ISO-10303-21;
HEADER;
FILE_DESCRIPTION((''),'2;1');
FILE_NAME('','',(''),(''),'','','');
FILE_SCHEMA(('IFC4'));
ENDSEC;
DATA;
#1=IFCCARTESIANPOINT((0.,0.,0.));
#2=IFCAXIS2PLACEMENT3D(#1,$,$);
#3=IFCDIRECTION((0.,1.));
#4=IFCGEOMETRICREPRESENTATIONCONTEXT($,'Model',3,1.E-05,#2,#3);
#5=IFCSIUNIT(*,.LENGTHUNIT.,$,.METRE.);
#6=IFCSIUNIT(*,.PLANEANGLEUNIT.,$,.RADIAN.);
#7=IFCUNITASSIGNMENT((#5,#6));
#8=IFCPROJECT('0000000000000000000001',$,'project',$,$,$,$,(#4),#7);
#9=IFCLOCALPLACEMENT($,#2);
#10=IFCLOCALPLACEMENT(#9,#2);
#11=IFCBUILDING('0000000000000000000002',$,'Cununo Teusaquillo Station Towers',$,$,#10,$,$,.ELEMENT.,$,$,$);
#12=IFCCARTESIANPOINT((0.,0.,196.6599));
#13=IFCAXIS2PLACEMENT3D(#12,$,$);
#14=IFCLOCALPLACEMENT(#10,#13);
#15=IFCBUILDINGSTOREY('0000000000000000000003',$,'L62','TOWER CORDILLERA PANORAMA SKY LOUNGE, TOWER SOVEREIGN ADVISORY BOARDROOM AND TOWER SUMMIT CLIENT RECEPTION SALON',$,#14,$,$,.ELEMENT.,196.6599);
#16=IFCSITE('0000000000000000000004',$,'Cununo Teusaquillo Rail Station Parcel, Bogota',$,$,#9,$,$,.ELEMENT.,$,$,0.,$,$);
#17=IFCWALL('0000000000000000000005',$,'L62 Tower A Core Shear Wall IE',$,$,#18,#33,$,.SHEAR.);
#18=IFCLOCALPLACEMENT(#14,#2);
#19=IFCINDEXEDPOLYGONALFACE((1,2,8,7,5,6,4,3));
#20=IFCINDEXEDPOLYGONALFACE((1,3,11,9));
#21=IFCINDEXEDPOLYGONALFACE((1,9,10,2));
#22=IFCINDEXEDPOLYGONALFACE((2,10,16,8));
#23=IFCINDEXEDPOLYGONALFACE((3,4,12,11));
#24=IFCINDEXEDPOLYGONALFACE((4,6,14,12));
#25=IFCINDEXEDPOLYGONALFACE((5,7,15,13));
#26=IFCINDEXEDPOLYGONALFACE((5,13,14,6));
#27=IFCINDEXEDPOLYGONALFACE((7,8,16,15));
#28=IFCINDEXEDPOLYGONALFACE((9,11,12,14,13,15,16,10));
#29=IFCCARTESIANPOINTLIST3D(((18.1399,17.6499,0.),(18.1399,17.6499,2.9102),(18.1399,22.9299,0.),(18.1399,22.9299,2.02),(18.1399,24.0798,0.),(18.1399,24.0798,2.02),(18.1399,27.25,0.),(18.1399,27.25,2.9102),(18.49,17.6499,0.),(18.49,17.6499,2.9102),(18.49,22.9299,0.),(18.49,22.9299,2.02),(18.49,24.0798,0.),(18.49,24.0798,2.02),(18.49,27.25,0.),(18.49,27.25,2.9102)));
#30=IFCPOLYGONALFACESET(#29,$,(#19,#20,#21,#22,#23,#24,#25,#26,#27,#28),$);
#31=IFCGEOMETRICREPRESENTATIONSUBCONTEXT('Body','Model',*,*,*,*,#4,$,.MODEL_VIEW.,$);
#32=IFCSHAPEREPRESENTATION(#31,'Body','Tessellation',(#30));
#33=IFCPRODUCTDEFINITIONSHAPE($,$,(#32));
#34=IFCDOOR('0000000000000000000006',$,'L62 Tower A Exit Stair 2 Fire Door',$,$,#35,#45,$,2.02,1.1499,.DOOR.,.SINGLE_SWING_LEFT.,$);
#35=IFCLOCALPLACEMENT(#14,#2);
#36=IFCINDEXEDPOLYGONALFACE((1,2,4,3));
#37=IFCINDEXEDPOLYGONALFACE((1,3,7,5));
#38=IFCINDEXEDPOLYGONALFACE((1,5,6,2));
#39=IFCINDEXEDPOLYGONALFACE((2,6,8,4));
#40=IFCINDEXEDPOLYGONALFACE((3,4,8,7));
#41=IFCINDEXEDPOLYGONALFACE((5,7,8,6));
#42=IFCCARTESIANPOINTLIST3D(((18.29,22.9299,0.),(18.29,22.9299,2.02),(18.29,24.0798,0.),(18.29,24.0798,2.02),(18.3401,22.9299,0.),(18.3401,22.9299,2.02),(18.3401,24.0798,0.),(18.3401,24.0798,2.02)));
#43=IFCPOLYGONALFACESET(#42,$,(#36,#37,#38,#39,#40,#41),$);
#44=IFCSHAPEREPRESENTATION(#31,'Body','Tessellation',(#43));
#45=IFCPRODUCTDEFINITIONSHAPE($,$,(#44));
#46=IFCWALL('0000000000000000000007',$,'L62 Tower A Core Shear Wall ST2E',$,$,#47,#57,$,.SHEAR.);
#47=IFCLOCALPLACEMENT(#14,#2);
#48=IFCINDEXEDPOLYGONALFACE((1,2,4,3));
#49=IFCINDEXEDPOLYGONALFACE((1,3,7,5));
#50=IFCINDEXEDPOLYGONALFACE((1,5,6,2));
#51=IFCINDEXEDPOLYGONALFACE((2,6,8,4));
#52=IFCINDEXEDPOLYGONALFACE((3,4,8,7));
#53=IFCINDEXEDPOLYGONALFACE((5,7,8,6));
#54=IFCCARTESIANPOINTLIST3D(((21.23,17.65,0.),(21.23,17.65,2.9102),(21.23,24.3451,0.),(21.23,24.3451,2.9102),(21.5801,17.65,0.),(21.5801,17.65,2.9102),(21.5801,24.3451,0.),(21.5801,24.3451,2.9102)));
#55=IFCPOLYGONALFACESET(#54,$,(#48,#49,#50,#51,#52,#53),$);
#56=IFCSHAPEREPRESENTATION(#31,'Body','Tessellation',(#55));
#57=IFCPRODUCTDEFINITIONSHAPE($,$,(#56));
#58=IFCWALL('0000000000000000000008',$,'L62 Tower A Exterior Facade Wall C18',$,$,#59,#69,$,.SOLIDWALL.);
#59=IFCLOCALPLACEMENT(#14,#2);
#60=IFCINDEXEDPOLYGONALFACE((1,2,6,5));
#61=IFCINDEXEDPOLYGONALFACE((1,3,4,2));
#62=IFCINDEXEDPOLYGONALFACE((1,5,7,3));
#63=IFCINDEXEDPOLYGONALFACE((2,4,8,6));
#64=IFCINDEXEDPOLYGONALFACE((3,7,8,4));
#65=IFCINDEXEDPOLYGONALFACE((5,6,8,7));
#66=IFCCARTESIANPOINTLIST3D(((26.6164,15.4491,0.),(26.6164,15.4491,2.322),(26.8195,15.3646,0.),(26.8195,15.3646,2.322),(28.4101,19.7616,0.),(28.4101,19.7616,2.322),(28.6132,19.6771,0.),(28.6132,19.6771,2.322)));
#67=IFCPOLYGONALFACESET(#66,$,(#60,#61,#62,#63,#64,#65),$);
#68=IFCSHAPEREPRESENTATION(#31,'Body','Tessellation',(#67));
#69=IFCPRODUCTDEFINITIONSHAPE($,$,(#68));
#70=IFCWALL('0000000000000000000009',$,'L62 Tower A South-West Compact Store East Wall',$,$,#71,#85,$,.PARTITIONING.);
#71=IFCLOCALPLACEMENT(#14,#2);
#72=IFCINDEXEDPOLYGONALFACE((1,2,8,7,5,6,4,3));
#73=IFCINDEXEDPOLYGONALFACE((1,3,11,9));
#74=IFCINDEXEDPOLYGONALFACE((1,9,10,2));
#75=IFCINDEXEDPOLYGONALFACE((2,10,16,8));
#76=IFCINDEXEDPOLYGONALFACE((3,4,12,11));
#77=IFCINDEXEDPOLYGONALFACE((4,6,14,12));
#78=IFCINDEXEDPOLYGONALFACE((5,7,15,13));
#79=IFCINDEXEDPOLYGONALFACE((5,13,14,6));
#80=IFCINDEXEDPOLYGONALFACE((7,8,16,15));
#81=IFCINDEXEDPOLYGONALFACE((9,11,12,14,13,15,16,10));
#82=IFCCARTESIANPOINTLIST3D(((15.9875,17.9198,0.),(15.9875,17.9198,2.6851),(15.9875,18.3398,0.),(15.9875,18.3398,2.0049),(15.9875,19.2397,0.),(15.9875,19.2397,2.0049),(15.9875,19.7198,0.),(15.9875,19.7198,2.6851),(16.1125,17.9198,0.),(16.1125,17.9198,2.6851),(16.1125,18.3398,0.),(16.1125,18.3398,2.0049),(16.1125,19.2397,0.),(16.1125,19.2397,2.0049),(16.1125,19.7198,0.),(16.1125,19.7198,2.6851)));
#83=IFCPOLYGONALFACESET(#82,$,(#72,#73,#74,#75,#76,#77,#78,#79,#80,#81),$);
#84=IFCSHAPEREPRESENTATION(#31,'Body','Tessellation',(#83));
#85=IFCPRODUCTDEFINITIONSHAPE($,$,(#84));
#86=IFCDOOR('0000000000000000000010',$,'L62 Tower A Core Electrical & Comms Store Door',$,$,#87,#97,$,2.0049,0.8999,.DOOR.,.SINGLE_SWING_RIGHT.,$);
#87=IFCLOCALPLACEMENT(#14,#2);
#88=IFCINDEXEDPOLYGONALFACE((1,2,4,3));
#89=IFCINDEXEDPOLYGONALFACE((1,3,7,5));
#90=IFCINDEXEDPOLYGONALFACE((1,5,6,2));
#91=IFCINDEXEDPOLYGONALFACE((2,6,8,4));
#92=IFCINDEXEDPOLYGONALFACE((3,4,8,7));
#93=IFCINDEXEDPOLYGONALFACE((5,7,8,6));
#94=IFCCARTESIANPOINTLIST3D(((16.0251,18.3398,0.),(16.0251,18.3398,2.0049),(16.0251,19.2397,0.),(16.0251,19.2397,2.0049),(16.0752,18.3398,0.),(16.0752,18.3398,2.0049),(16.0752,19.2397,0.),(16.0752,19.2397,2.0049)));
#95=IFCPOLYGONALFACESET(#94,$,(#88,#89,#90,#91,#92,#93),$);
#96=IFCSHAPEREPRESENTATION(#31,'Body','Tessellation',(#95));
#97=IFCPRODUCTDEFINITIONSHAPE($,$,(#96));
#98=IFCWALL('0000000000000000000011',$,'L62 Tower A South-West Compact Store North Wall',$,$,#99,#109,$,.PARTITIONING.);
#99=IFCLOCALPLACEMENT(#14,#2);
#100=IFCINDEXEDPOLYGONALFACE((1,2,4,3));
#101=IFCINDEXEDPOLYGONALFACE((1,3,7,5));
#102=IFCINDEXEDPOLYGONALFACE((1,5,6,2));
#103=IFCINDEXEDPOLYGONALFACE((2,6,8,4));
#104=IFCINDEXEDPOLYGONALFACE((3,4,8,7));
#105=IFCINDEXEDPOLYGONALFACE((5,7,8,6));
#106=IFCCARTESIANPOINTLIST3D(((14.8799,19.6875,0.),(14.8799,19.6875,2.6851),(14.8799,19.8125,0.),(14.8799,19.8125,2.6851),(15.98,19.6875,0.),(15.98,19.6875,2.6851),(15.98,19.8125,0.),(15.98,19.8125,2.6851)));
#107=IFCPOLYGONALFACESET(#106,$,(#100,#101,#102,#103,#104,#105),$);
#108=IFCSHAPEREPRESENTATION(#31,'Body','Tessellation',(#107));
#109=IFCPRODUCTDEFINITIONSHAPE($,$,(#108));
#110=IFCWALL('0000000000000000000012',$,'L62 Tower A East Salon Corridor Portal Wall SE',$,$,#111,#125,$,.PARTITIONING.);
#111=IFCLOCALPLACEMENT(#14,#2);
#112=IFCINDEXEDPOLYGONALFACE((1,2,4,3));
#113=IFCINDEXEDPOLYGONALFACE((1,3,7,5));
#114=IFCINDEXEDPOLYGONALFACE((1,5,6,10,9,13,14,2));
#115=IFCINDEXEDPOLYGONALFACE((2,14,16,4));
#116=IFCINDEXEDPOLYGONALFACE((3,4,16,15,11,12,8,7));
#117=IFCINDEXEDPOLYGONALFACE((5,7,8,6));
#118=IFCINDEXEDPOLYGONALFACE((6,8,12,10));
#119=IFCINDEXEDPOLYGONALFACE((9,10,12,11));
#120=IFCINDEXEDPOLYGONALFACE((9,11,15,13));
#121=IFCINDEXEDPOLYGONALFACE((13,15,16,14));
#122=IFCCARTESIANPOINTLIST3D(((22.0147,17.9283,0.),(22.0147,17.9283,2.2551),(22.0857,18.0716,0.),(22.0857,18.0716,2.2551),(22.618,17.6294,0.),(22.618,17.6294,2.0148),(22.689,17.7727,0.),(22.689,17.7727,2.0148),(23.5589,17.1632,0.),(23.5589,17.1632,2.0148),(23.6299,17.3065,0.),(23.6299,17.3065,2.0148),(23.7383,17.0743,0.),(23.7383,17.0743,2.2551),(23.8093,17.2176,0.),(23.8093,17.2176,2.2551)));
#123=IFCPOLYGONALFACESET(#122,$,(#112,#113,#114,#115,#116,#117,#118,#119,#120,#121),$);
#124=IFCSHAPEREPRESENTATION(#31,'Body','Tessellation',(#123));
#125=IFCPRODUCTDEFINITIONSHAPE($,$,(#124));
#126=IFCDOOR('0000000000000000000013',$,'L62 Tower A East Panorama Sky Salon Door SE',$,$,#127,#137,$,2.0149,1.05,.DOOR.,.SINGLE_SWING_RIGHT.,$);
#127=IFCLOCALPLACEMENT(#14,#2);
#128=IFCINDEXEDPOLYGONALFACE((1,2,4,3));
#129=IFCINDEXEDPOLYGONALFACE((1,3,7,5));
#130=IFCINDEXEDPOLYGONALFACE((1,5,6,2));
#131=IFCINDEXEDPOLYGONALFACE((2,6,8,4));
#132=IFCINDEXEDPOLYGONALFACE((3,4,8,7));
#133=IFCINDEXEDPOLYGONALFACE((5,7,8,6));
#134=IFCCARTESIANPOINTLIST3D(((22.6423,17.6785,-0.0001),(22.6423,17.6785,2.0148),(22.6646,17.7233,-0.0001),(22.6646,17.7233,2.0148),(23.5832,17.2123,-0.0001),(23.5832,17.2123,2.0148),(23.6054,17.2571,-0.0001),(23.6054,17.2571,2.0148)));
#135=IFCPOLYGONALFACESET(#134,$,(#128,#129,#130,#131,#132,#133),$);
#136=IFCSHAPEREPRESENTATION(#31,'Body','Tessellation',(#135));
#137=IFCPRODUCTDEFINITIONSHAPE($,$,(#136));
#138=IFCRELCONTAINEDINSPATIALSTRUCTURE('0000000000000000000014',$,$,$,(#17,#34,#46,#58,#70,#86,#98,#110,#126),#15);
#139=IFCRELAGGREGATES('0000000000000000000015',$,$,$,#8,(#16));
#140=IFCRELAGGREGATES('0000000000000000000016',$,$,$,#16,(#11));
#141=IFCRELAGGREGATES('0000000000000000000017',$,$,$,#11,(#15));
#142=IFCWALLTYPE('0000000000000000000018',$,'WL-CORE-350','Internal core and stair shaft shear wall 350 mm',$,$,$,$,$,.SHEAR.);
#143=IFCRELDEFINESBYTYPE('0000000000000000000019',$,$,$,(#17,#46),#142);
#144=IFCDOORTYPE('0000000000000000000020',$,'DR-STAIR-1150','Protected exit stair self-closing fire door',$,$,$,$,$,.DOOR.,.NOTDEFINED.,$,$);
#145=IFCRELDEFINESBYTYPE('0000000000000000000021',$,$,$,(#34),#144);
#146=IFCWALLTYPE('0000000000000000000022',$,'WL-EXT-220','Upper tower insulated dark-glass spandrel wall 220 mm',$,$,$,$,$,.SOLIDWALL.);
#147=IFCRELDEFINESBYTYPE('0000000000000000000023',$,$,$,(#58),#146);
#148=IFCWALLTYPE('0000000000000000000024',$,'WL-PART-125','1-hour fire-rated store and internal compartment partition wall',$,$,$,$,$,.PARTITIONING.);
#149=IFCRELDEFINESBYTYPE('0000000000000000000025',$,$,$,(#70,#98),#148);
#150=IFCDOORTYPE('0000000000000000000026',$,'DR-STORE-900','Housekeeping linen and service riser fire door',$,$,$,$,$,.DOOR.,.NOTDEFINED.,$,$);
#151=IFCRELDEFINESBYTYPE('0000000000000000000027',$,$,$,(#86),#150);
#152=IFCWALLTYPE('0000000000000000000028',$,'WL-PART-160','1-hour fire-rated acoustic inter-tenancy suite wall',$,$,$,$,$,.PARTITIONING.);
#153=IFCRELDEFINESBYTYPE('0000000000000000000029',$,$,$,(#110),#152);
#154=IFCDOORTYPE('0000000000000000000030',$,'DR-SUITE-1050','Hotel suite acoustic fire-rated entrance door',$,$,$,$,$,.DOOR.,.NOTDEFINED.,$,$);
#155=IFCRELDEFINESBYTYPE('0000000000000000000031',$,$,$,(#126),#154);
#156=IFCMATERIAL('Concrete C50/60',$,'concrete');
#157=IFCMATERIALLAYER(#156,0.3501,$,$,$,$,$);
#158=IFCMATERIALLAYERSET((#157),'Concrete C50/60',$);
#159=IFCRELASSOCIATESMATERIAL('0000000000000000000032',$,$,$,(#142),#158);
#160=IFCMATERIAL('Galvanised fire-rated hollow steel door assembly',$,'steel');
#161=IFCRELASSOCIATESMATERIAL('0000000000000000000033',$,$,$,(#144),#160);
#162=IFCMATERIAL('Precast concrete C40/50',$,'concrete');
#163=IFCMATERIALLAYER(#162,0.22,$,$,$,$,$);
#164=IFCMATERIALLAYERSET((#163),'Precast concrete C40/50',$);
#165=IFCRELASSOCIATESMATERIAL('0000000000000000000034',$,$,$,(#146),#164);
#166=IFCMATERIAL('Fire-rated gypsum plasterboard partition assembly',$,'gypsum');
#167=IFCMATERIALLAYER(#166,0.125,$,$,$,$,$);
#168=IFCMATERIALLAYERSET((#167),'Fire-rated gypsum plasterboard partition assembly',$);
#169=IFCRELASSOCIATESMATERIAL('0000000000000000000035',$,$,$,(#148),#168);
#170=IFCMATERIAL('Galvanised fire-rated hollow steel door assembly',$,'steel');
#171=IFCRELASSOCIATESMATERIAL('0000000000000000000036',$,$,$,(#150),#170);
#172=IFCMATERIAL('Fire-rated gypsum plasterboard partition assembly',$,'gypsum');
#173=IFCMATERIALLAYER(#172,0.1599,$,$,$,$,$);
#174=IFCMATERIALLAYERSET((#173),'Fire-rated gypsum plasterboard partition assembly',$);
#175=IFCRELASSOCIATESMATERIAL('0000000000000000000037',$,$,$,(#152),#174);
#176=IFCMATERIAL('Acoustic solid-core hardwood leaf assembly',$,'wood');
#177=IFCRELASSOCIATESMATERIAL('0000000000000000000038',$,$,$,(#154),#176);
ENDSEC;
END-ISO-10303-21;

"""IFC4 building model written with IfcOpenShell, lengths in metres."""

from ifc_helpers import new_model, si_unit, direction, frame, frame_2d, origin, place, context, subcontext, project, spatial, rectangle, extrude, source, transform, mapped, material, layer, layer_set, type_object, element, fill, save


model = new_model("IFC4")

# Units and contexts
model_context = context("Model", 3, precision=1e-05, world=origin(), true_north=direction((0.0, 1.0)))
body_context = subcontext(model_context, "Body", "Model", "MODEL_VIEW")
ifc_project = project(units=[si_unit("LENGTHUNIT", "METRE"), si_unit("PLANEANGLEUNIT", "RADIAN")], contexts=[model_context])

# Site, building, storey
site_placement = place(None, origin())
site = spatial("IfcSite", under=ifc_project, at=site_placement, Name="Cununo Teusaquillo Rail Station Parcel, Bogota", CompositionType="ELEMENT", RefElevation=0.0)
building_placement = place(site_placement, origin())
building = spatial("IfcBuilding", under=site, at=building_placement, Name="Cununo Teusaquillo Station Towers", CompositionType="ELEMENT")
storey_placement = place(building_placement, frame((0.0, 0.0, 196.6599)))
storey = spatial("IfcBuildingStorey", under=building, at=storey_placement, Name="L62", Description="TOWER CORDILLERA PANORAMA SKY LOUNGE, TOWER SOVEREIGN ADVISORY BOARDROOM AND TOWER SUMMIT CLIENT RECEPTION SALON", CompositionType="ELEMENT", Elevation=196.6599)

# Wall, opening, door
ifc_material_1 = material(Name="Concrete C50/60", Category="concrete")
ifc_layer_1 = layer(ifc_material_1, 0.3501)
ifc_layer_set_1 = layer_set([ifc_layer_1], Name="Concrete C50/60")
wall_type_1 = type_object("IfcWallType", Name="WL-CORE-350", Description="Internal core and stair shaft shear wall 350 mm", PredefinedType="SHEAR", material=ifc_layer_set_1)
wall_1_placement = place(storey_placement, frame((18.3149, 17.6499, 0.0), z_axis=(0.0, 0.0, 1.0), x_axis=(0.0, 1.0, 0.0)))
wall_1 = element("IfcWall", 1, at=wall_1_placement, inside=storey, type_object=wall_type_1, Name="L62 Tower A Core Shear Wall IE", PredefinedType="SHEAR", context=body_context, shape_type="SweptSolid", body=[
    extrude(rectangle(XDim=9.6001, YDim=0.3501, at=frame_2d((4.8, 0.0))), origin(), (0.0, 0.0, 1.0), 2.9102),
])
shared_shape_1 = source(origin(), body_context, "Body", "SweptSolid", [
    extrude(rectangle(XDim=1.1499, YDim=2.02, at=frame_2d((0.575, 1.01))), frame((0.0, 0.1851, 0.0), z_axis=(0.0, -1.0, 0.0), x_axis=(1.0, 0.0, 0.0)), (0.0, 0.0, 1.0), 0.3701),
])
opening_1_placement = place(wall_1_placement, frame((5.28, 0.0, 0.0)))
opening_1 = element("IfcOpeningElement", 2, at=opening_1_placement, cuts=wall_1, PredefinedType="OPENING", context=body_context, shape_type="MappedRepresentation", body=[
    mapped(shared_shape_1, transform((0.0, 0.0, 0.0), x_axis=(1.0, 0.0, 0.0), y_axis=(0.0, 1.0, 0.0), z_axis=(0.0, 0.0, 1.0), scale=1.0)),
])
ifc_material_2 = material(Name="Galvanised fire-rated hollow steel door assembly", Category="steel")
door_type_1 = type_object("IfcDoorType", Name="DR-STAIR-1150", Description="Protected exit stair self-closing fire door", OperationType="NOTDEFINED", PredefinedType="DOOR", material=ifc_material_2)
shared_shape_2 = source(origin(), body_context, "Body", "SweptSolid", [
    extrude(rectangle(XDim=1.1499, YDim=2.02, at=frame_2d((0.575, 1.01))), frame((0.0, 0.0249, 0.0), z_axis=(0.0, -1.0, 0.0), x_axis=(1.0, 0.0, 0.0)), (0.0, 0.0, 1.0), 0.05),
])
door_1_placement = place(opening_1_placement, origin())
door_1 = element("IfcDoor", 3, at=door_1_placement, inside=storey, type_object=door_type_1, Name="L62 Tower A Exit Stair 2 Fire Door", OperationType="SINGLE_SWING_LEFT", OverallHeight=2.02, OverallWidth=1.1499, PredefinedType="DOOR", context=body_context, shape_type="MappedRepresentation", body=[
    mapped(shared_shape_2, transform((0.0, 0.0, 0.0), x_axis=(1.0, 0.0, 0.0), y_axis=(0.0, 1.0, 0.0), z_axis=(0.0, 0.0, 1.0), scale=1.0)),
])
fill(opening_1, door_1)

# Walls
wall_2_placement = place(storey_placement, frame((21.405, 17.6499, 0.0), z_axis=(0.0, 0.0, 1.0), x_axis=(0.0, 1.0, 0.0)))
element("IfcWall", 4, at=wall_2_placement, inside=storey, type_object=wall_type_1, Name="L62 Tower A Core Shear Wall ST2E", PredefinedType="SHEAR", context=body_context, shape_type="SweptSolid", body=[
    extrude(rectangle(XDim=6.6951, YDim=0.3501, at=frame_2d((3.3477, 0.0))), origin(), (0.0, 0.0, 1.0), 2.9102),
])
ifc_material_3 = material(Name="Precast concrete C40/50", Category="concrete")
ifc_layer_2 = layer(ifc_material_3, 0.22)
ifc_layer_set_2 = layer_set([ifc_layer_2], Name="Precast concrete C40/50")
wall_type_2 = type_object("IfcWallType", Name="WL-EXT-220", Description="Upper tower insulated dark-glass spandrel wall 220 mm", PredefinedType="SOLIDWALL", material=ifc_layer_set_2)
wall_3_placement = place(storey_placement, frame((28.5117, 19.7195, 0.0), z_axis=(0.0, 0.0, 1.0), x_axis=(-0.384036, -0.923318, 0.0)))
element("IfcWall", 5, at=wall_3_placement, inside=storey, type_object=wall_type_2, Name="L62 Tower A Exterior Facade Wall C18", PredefinedType="SOLIDWALL", context=body_context, shape_type="SweptSolid", body=[
    extrude(rectangle(XDim=4.6707, YDim=0.22, at=frame_2d((2.3354, 0.0))), origin(), (0.0, 0.0, 1.0), 2.322),
])

# Wall, opening, door
ifc_material_4 = material(Name="Fire-rated gypsum plasterboard partition assembly", Category="gypsum")
ifc_layer_3 = layer(ifc_material_4, 0.125)
ifc_layer_set_3 = layer_set([ifc_layer_3], Name="Fire-rated gypsum plasterboard partition assembly")
wall_type_3 = type_object("IfcWallType", Name="WL-PART-125", Description="1-hour fire-rated store and internal compartment partition wall", PredefinedType="PARTITIONING", material=ifc_layer_set_3)
wall_4_placement = place(storey_placement, frame((16.05, 17.9199, 0.0), z_axis=(0.0, 0.0, 1.0), x_axis=(0.0, 1.0, 0.0)))
wall_4 = element("IfcWall", 6, at=wall_4_placement, inside=storey, type_object=wall_type_3, Name="L62 Tower A South-West Compact Store East Wall", PredefinedType="PARTITIONING", context=body_context, shape_type="SweptSolid", body=[
    extrude(rectangle(XDim=1.8, YDim=0.125, at=frame_2d((0.8999, 0.0))), origin(), (0.0, 0.0, 1.0), 2.6851),
])
shared_shape_3 = source(origin(), body_context, "Body", "SweptSolid", [
    extrude(rectangle(XDim=0.8999, YDim=2.0049, at=frame_2d((0.45, 1.0024))), frame((0.0, 0.0725, 0.0), z_axis=(0.0, -1.0, 0.0), x_axis=(1.0, 0.0, 0.0)), (0.0, 0.0, 1.0), 0.145),
])
opening_2_placement = place(wall_4_placement, frame((0.4199, 0.0, 0.0)))
opening_2 = element("IfcOpeningElement", 7, at=opening_2_placement, cuts=wall_4, PredefinedType="OPENING", context=body_context, shape_type="MappedRepresentation", body=[
    mapped(shared_shape_3, transform((0.0, 0.0, 0.0), x_axis=(1.0, 0.0, 0.0), y_axis=(0.0, 1.0, 0.0), z_axis=(0.0, 0.0, 1.0), scale=1.0)),
])
ifc_material_5 = material(Name="Galvanised fire-rated hollow steel door assembly", Category="steel")
door_type_2 = type_object("IfcDoorType", Name="DR-STORE-900", Description="Housekeeping linen and service riser fire door", OperationType="NOTDEFINED", PredefinedType="DOOR", material=ifc_material_5)
shared_shape_4 = source(origin(), body_context, "Body", "SweptSolid", [
    extrude(rectangle(XDim=0.8999, YDim=2.0049, at=frame_2d((0.45, 1.0024))), frame((0.0, 0.0249, 0.0), z_axis=(0.0, -1.0, 0.0), x_axis=(1.0, 0.0, 0.0)), (0.0, 0.0, 1.0), 0.05),
])
door_2_placement = place(opening_2_placement, origin())
door_2 = element("IfcDoor", 8, at=door_2_placement, inside=storey, type_object=door_type_2, Name="L62 Tower A Core Electrical & Comms Store Door", OperationType="SINGLE_SWING_RIGHT", OverallHeight=2.0049, OverallWidth=0.8999, PredefinedType="DOOR", context=body_context, shape_type="MappedRepresentation", body=[
    mapped(shared_shape_4, transform((0.0, 0.0, 0.0), x_axis=(1.0, 0.0, 0.0), y_axis=(0.0, 1.0, 0.0), z_axis=(0.0, 0.0, 1.0), scale=1.0)),
])
fill(opening_2, door_2)

# Wall
wall_5_placement = place(storey_placement, frame((14.8799, 19.75, 0.0), z_axis=(0.0, 0.0, 1.0), x_axis=(1.0, 0.0, 0.0)))
element("IfcWall", 9, at=wall_5_placement, inside=storey, type_object=wall_type_3, Name="L62 Tower A South-West Compact Store North Wall", PredefinedType="PARTITIONING", context=body_context, shape_type="SweptSolid", body=[
    extrude(rectangle(XDim=1.1001, YDim=0.125, at=frame_2d((0.55, 0.0))), origin(), (0.0, 0.0, 1.0), 2.6851),
])

# Wall, opening, door
ifc_material_6 = material(Name="Fire-rated gypsum plasterboard partition assembly", Category="gypsum")
ifc_layer_4 = layer(ifc_material_6, 0.1599)
ifc_layer_set_4 = layer_set([ifc_layer_4], Name="Fire-rated gypsum plasterboard partition assembly")
wall_type_4 = type_object("IfcWallType", Name="WL-PART-160", Description="1-hour fire-rated acoustic inter-tenancy suite wall", PredefinedType="PARTITIONING", material=ifc_layer_set_4)
wall_6_placement = place(storey_placement, frame((22.05, 18.0, 0.0), z_axis=(0.0, 0.0, 1.0), x_axis=(0.896046, -0.443962, 0.0)))
wall_6 = element("IfcWall", 10, at=wall_6_placement, inside=storey, type_object=wall_type_4, Name="L62 Tower A East Salon Corridor Portal Wall SE", PredefinedType="PARTITIONING", context=body_context, shape_type="SweptSolid", body=[
    extrude(rectangle(XDim=1.9236, YDim=0.1599, at=frame_2d((0.9619, 0.0))), origin(), (0.0, 0.0, 1.0), 2.2551),
])
shared_shape_5 = source(origin(), body_context, "Body", "SweptSolid", [
    extrude(rectangle(XDim=1.05, YDim=2.0149, at=frame_2d((0.5249, 1.0073))), frame((0.0, 0.0898, 0.0), z_axis=(0.0, -1.0, 0.0), x_axis=(1.0, 0.0, 0.0)), (0.0, 0.0, 1.0), 0.1799),
])
opening_3_placement = place(wall_6_placement, frame((0.6736, 0.0, 0.0)))
opening_3 = element("IfcOpeningElement", 11, at=opening_3_placement, cuts=wall_6, PredefinedType="OPENING", context=body_context, shape_type="MappedRepresentation", body=[
    mapped(shared_shape_5, transform((0.0, 0.0, 0.0), x_axis=(1.0, 0.0, 0.0), y_axis=(0.0, 1.0, 0.0), z_axis=(0.0, 0.0, 1.0), scale=1.0)),
])
ifc_material_7 = material(Name="Acoustic solid-core hardwood leaf assembly", Category="wood")
door_type_3 = type_object("IfcDoorType", Name="DR-SUITE-1050", Description="Hotel suite acoustic fire-rated entrance door", OperationType="NOTDEFINED", PredefinedType="DOOR", material=ifc_material_7)
shared_shape_6 = source(origin(), body_context, "Body", "SweptSolid", [
    extrude(rectangle(XDim=1.05, YDim=2.0149, at=frame_2d((0.5249, 1.0073))), frame((0.0, 0.0249, 0.0), z_axis=(0.0, -1.0, 0.0), x_axis=(1.0, 0.0, 0.0)), (0.0, 0.0, 1.0), 0.05),
])
door_3_placement = place(opening_3_placement, origin())
door_3 = element("IfcDoor", 12, at=door_3_placement, inside=storey, type_object=door_type_3, Name="L62 Tower A East Panorama Sky Salon Door SE", OperationType="SINGLE_SWING_RIGHT", OverallHeight=2.0149, OverallWidth=1.05, PredefinedType="DOOR", context=body_context, shape_type="MappedRepresentation", body=[
    mapped(shared_shape_6, transform((0.0, 0.0, 0.0), x_axis=(1.0, 0.0, 0.0), y_axis=(0.0, 1.0, 0.0), z_axis=(0.0, 0.0, 1.0), scale=1.0)),
])
fill(opening_3, door_3)

save(model, "model.ifc")
